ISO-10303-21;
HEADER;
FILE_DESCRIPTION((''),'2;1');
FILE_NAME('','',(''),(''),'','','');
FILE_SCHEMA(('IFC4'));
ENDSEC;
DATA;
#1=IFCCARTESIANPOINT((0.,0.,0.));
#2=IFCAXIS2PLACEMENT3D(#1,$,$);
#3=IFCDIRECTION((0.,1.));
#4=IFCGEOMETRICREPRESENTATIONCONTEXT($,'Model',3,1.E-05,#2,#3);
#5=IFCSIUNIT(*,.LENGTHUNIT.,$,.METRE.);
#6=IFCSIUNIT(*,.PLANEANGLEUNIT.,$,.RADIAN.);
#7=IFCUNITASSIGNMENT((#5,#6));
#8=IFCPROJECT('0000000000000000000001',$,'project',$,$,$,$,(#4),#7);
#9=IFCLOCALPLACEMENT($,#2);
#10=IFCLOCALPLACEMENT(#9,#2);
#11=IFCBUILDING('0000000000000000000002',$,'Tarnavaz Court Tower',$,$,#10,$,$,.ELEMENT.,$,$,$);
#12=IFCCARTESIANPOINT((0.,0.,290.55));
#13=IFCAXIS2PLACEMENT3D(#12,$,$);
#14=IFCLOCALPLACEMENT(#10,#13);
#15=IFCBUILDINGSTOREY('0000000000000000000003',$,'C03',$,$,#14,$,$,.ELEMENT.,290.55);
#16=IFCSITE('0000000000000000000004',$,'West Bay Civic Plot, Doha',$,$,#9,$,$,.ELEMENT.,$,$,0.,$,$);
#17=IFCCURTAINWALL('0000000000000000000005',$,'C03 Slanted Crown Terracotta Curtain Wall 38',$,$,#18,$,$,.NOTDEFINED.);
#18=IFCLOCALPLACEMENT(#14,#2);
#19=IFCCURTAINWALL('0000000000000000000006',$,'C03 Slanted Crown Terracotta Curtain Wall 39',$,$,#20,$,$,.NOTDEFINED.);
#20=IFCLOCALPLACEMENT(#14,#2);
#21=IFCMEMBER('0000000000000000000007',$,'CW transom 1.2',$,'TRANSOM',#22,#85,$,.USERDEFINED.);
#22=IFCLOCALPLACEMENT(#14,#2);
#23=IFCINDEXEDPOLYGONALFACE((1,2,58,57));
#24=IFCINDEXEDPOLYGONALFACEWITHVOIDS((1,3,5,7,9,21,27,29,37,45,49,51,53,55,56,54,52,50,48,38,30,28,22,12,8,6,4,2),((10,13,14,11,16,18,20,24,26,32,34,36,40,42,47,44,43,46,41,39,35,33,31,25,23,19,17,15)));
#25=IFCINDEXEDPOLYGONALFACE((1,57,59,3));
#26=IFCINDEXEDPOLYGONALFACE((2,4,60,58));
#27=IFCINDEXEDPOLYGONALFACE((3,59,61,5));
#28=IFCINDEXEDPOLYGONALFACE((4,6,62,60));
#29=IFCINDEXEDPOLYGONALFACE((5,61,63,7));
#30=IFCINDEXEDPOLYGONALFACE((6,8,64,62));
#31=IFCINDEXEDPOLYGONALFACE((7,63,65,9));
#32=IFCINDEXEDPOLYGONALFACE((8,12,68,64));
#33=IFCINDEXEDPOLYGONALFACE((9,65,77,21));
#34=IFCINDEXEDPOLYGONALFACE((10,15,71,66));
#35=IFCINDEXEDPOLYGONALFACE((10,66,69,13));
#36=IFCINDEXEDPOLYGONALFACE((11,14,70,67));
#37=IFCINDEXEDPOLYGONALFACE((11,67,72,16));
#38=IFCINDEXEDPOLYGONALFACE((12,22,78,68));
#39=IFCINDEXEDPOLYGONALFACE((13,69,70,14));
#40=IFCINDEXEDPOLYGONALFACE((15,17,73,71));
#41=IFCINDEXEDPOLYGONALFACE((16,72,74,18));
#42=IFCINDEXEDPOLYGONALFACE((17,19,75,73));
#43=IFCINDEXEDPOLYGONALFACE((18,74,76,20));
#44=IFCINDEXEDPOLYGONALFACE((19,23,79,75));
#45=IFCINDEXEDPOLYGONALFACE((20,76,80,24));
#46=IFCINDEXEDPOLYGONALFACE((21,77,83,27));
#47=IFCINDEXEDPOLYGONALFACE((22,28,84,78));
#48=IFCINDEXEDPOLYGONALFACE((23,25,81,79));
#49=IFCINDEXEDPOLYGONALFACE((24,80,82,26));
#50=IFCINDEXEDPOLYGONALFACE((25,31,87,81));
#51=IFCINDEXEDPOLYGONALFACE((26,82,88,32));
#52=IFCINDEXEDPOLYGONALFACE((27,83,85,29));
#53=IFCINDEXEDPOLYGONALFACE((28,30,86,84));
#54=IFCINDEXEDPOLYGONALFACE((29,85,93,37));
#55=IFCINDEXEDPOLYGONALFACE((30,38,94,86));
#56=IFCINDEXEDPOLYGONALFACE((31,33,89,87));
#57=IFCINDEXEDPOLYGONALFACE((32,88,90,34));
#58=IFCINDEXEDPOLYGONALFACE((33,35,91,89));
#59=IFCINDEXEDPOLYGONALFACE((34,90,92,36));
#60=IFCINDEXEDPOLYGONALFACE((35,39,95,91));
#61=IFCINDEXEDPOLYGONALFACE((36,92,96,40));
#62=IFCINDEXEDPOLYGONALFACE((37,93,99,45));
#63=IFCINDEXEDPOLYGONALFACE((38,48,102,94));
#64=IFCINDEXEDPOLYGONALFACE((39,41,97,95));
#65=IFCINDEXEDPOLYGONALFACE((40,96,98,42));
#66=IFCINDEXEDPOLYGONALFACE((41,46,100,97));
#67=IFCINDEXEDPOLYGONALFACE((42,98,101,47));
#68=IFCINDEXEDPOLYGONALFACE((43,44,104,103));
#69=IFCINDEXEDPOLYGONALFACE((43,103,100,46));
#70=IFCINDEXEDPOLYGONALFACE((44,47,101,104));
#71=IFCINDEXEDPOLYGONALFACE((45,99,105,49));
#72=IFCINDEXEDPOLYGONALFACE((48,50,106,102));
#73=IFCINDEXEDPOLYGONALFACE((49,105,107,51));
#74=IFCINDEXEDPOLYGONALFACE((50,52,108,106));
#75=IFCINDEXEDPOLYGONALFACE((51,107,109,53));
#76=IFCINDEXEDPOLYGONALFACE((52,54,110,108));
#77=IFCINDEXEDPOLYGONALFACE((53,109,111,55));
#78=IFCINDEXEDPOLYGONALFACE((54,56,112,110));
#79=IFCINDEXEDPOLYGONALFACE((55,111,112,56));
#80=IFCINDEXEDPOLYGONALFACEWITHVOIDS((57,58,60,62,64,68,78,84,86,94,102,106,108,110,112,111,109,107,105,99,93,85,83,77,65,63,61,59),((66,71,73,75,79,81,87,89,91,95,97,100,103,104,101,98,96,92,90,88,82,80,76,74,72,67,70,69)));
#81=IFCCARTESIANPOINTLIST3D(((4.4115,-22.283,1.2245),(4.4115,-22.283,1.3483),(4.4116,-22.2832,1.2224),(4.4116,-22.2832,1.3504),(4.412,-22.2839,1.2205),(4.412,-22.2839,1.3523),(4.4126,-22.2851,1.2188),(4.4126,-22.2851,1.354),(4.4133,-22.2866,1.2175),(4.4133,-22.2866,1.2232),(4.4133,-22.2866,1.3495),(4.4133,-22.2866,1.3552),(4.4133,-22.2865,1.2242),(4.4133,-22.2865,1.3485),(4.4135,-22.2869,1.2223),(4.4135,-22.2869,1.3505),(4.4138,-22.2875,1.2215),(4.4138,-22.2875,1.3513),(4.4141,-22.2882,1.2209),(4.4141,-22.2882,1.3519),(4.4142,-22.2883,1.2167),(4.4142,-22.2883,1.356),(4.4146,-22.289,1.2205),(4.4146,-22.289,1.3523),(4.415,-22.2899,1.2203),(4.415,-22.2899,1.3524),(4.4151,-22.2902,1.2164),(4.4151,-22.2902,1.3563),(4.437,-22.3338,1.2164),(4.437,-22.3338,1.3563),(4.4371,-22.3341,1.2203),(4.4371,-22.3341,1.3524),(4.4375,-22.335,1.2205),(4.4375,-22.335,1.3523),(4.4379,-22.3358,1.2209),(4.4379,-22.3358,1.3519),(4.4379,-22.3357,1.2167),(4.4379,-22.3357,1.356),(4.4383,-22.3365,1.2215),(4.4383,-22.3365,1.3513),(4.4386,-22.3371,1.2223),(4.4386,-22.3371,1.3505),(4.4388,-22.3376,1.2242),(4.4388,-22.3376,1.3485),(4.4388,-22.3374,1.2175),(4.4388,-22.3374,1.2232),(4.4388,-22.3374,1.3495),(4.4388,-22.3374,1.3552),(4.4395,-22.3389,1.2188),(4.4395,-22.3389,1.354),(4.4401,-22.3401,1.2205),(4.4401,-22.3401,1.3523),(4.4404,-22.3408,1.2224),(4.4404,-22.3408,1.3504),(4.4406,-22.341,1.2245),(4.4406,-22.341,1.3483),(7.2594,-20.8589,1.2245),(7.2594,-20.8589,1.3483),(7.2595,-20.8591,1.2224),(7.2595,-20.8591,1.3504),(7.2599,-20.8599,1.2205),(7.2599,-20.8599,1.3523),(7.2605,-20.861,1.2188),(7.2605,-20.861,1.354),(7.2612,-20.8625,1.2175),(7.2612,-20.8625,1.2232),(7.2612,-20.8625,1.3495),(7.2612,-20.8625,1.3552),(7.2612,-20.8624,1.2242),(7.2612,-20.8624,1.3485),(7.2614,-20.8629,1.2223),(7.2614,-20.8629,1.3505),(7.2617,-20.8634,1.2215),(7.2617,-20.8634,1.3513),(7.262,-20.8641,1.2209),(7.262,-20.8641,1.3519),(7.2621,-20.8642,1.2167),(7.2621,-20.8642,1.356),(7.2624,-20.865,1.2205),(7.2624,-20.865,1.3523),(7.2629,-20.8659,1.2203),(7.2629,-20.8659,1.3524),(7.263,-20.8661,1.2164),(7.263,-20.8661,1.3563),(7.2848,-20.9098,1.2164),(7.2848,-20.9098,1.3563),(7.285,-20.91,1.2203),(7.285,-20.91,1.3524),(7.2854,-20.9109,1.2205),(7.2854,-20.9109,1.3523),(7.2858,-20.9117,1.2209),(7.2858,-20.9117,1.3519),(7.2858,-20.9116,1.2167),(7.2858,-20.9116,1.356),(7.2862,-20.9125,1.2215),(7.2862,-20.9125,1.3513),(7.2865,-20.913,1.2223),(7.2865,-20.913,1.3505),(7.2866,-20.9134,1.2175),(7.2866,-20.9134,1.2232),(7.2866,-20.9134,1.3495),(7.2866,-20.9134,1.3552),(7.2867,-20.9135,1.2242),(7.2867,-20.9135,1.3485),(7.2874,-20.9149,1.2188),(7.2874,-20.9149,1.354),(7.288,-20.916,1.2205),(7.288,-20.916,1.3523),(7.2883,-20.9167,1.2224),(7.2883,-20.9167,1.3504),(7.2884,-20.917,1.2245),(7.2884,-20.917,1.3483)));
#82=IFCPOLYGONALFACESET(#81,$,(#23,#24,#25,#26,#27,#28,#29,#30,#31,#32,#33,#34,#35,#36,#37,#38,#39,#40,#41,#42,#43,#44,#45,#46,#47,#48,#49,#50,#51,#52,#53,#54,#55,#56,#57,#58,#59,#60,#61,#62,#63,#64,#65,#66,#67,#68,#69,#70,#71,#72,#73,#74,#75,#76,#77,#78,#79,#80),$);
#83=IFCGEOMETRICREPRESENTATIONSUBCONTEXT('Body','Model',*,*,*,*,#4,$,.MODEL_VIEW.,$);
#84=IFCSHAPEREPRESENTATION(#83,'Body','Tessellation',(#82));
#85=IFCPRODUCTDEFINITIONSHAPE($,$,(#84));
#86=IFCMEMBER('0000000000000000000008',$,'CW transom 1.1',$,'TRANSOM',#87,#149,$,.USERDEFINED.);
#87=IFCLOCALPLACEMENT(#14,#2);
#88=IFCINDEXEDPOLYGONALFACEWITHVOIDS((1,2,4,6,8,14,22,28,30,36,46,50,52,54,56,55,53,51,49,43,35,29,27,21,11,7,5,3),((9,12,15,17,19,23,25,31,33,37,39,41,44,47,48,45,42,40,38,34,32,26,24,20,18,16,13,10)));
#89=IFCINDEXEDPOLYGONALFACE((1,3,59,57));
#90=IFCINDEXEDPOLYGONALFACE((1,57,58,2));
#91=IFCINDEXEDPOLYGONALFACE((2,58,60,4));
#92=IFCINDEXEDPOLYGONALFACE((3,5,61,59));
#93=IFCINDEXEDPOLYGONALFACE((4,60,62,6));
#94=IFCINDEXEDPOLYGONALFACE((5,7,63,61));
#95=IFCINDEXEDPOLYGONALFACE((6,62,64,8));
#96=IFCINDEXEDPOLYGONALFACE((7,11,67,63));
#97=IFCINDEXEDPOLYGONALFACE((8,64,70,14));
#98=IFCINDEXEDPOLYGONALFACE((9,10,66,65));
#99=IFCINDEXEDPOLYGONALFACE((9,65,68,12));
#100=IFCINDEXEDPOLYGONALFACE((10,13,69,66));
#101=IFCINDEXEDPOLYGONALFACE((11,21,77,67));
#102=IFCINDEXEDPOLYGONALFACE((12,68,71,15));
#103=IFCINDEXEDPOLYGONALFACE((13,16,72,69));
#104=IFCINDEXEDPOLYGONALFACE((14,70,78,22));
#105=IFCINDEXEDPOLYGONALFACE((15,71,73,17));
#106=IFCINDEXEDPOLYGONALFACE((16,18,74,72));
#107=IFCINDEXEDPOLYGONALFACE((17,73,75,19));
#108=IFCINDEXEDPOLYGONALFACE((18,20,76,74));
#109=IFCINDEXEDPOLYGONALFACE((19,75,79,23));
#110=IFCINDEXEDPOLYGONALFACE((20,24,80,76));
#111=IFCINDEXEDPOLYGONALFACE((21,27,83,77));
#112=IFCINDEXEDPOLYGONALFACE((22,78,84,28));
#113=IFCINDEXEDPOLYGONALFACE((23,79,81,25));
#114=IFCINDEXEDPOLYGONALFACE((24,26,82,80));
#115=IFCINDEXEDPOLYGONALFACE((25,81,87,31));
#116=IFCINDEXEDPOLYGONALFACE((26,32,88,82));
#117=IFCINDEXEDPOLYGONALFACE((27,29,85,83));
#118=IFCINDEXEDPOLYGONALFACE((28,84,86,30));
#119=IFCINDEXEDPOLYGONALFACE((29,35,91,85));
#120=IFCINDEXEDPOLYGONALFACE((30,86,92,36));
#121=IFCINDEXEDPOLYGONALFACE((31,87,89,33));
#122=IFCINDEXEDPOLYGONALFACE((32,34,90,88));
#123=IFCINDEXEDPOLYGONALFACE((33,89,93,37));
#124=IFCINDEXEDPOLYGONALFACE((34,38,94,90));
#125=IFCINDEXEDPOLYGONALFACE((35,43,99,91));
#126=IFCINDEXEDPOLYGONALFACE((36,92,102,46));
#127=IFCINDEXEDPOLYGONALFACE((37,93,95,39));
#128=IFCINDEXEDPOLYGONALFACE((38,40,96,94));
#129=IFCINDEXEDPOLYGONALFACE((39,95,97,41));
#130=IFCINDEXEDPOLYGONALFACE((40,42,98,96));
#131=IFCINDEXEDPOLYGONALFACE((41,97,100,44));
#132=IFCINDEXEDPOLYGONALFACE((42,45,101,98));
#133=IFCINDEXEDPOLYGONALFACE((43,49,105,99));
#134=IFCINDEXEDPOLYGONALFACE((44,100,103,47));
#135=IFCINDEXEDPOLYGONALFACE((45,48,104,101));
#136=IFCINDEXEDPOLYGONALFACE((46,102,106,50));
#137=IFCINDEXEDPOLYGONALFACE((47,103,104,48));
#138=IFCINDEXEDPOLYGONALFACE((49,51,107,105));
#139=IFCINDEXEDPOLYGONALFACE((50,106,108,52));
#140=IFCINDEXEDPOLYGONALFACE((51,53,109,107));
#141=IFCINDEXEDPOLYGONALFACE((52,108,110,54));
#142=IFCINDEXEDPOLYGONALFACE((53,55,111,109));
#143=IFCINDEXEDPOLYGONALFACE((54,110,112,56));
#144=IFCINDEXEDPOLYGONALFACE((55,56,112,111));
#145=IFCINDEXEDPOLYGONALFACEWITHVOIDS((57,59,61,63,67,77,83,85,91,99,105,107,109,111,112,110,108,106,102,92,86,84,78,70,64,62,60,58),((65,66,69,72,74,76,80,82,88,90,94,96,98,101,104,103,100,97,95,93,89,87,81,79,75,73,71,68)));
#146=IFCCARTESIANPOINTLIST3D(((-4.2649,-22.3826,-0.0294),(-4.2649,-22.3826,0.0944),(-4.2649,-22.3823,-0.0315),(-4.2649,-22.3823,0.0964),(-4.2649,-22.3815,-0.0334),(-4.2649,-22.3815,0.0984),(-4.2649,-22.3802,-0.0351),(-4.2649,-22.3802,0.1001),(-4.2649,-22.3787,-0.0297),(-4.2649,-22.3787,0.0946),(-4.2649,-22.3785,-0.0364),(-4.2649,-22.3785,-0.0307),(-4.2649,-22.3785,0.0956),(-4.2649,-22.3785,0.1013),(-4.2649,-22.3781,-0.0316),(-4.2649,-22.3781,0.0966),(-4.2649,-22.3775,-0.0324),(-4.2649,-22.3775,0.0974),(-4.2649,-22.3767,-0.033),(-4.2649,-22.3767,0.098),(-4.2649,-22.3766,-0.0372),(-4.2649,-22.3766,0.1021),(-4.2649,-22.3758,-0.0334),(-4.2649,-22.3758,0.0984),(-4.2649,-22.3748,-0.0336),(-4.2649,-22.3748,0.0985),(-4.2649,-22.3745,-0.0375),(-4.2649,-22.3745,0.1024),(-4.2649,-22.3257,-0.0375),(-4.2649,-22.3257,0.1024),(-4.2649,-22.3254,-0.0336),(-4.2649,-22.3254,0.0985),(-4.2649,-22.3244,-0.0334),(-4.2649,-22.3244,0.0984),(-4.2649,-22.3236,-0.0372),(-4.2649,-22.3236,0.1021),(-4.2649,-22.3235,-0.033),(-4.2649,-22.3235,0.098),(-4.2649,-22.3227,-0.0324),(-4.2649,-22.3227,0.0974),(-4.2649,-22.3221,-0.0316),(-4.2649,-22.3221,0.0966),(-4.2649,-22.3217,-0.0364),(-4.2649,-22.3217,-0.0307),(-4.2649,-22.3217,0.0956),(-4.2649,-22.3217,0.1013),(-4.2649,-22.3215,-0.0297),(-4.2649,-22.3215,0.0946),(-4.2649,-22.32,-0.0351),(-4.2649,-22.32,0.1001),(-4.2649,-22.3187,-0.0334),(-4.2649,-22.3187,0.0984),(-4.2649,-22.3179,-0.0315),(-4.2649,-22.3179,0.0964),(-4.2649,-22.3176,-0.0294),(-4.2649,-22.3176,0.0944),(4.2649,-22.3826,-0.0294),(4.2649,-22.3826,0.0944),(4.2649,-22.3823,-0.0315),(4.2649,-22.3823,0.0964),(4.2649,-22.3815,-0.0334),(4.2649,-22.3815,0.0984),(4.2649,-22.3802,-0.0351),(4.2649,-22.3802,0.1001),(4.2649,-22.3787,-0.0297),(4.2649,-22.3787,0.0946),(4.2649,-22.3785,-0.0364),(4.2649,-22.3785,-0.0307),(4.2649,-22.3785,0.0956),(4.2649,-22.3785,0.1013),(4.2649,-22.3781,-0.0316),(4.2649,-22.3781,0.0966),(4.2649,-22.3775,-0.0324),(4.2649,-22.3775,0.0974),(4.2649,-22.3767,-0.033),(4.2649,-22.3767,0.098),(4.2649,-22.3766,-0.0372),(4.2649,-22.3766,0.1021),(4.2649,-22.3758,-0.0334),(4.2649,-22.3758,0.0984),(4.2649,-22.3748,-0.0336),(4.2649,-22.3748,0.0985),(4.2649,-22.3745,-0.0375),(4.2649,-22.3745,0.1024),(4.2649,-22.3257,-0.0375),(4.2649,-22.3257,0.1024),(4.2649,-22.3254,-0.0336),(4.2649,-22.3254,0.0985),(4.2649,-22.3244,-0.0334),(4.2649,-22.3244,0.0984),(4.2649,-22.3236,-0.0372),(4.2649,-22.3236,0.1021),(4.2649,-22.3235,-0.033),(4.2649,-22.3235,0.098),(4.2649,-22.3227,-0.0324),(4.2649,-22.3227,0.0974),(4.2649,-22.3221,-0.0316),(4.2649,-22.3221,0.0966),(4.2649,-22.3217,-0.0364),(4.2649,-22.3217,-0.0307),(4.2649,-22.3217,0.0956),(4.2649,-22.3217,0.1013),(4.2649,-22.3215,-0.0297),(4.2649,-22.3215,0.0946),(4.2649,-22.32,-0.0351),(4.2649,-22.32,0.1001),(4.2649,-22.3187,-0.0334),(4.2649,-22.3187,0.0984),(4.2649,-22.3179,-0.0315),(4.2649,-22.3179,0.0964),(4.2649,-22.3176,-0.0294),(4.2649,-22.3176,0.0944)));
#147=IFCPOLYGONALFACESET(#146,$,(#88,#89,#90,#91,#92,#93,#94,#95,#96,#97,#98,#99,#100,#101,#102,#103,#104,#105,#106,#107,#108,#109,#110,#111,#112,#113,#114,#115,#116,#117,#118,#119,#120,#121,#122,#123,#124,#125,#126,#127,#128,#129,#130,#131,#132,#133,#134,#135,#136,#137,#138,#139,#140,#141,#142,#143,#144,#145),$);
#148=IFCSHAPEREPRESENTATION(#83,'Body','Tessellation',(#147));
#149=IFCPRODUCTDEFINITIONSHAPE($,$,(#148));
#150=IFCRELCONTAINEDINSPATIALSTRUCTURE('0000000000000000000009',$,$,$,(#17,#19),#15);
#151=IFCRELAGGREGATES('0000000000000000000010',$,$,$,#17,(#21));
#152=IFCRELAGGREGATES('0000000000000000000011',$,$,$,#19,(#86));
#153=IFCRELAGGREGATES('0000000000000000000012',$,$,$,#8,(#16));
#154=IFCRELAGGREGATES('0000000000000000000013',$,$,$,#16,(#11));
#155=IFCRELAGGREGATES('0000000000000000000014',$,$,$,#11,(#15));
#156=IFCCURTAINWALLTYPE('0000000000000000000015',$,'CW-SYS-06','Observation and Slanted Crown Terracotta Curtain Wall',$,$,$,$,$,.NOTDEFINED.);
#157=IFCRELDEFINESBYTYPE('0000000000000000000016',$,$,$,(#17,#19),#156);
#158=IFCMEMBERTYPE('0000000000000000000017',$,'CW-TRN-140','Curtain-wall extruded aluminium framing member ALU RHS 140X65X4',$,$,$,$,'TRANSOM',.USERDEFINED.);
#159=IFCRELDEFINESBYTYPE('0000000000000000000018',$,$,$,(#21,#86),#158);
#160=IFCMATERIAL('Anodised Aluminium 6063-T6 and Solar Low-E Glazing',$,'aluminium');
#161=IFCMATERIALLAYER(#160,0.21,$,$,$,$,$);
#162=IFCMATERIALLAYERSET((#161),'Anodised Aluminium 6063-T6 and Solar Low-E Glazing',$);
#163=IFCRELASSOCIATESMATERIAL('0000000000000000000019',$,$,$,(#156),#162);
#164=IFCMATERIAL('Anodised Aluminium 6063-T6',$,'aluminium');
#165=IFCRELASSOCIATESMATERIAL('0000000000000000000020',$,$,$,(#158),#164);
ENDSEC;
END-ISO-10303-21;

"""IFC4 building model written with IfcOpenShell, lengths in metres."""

from ifc_helpers import new_model, si_unit, direction, frame, origin, origin_2d, place, context, subcontext, project, spatial, hollow_rectangle, extrude, material, layer, layer_set, material_profile, profile_set, type_object, element, aggregate, save


model = new_model("IFC4")

# Units and contexts
model_context = context("Model", 3, precision=1e-05, world=origin(), true_north=direction((0.0, 1.0)))
body_context = subcontext(model_context, "Body", "Model", "MODEL_VIEW")
ifc_project = project(units=[si_unit("LENGTHUNIT", "METRE"), si_unit("PLANEANGLEUNIT", "RADIAN")], contexts=[model_context])

# Site, building, storey
site_placement = place(None, origin())
site = spatial("IfcSite", under=ifc_project, at=site_placement, Name="West Bay Civic Plot, Doha", CompositionType="ELEMENT", RefElevation=0.0)
building_placement = place(site_placement, origin())
building = spatial("IfcBuilding", under=site, at=building_placement, Name="Tarnavaz Court Tower", CompositionType="ELEMENT")
storey_placement = place(building_placement, frame((0.0, 0.0, 290.55)))
storey = spatial("IfcBuildingStorey", under=building, at=storey_placement, Name="C03", CompositionType="ELEMENT", Elevation=290.55)

# Shared definitions
ifc_material_1 = material(Name="Anodised Aluminium 6063-T6 and Solar Low-E Glazing", Category="aluminium")
ifc_layer_1 = layer(ifc_material_1, 0.21)
ifc_layer_set_1 = layer_set([ifc_layer_1], Name="Anodised Aluminium 6063-T6 and Solar Low-E Glazing")
curtain_wall_type = type_object("IfcCurtainWallType", Name="CW-SYS-06", Description="Observation and Slanted Crown Terracotta Curtain Wall", PredefinedType="NOTDEFINED", material=ifc_layer_set_1)
ifc_material_2 = material(Name="Anodised Aluminium 6063-T6", Category="aluminium")

# Curtain wall
curtain_wall_1_placement = place(storey_placement, origin())
curtain_wall_1 = element("IfcCurtainWall", 1, at=curtain_wall_1_placement, inside=storey, type_object=curtain_wall_type, Name="C03 Slanted Crown Terracotta Curtain Wall 38", PredefinedType="NOTDEFINED")

# Curtain wall
curtain_wall_2_placement = place(storey_placement, origin())
curtain_wall_2 = element("IfcCurtainWall", 2, at=curtain_wall_2_placement, inside=storey, type_object=curtain_wall_type, Name="C03 Slanted Crown Terracotta Curtain Wall 39", PredefinedType="NOTDEFINED")

# Members
ifc_material_profile_1 = material_profile(ifc_material_2, hollow_rectangle(XDim=0.0649, YDim=0.1399, WallThickness=0.0039, InnerFilletRadius=0.0039, OuterFilletRadius=0.0081, at=origin_2d()), Name="ALU RHS 140X65X4")
ifc_profile_set_1 = profile_set([ifc_material_profile_1], Name="Anodised Aluminium 6063-T6")
member_type_1 = type_object("IfcMemberType", Name="CW-TRN-140", Description="Curtain-wall extruded aluminium framing member ALU RHS 140X65X4", ElementType="TRANSOM", PredefinedType="USERDEFINED", material=ifc_profile_set_1)
member_1_placement = place(storey_placement, frame((7.2739, -20.8879, 1.2864), z_axis=(-0.894412, -0.447244, 0.0), x_axis=(0.447244, -0.894412, 0.0)))
member_1 = element("IfcMember", 3, at=member_1_placement, type_object=member_type_1, Name="CW transom 1.2", ObjectType="TRANSOM", PredefinedType="USERDEFINED", context=body_context, shape_type="SweptSolid", body=[
    extrude(hollow_rectangle(XDim=0.0649, YDim=0.1399, WallThickness=0.0039, InnerFilletRadius=0.0039, OuterFilletRadius=0.0081, at=origin_2d()), origin(), (0.0, 0.0, 1.0), 3.1841),
])
member_2_placement = place(storey_placement, frame((4.2649, -22.3501, 0.0325), z_axis=(-1.0, 0.0, 0.0), x_axis=(0.0, -1.0, 0.0)))
member_2 = element("IfcMember", 4, at=member_2_placement, type_object=member_type_1, Name="CW transom 1.1", ObjectType="TRANSOM", PredefinedType="USERDEFINED", context=body_context, shape_type="SweptSolid", body=[
    extrude(hollow_rectangle(XDim=0.0649, YDim=0.1399, WallThickness=0.0039, InnerFilletRadius=0.0039, OuterFilletRadius=0.0081, at=origin_2d()), origin(), (0.0, 0.0, 1.0), 8.5298),
])

aggregate(curtain_wall_1, [member_1])
aggregate(curtain_wall_2, [member_2])

save(model, "model.ifc")
